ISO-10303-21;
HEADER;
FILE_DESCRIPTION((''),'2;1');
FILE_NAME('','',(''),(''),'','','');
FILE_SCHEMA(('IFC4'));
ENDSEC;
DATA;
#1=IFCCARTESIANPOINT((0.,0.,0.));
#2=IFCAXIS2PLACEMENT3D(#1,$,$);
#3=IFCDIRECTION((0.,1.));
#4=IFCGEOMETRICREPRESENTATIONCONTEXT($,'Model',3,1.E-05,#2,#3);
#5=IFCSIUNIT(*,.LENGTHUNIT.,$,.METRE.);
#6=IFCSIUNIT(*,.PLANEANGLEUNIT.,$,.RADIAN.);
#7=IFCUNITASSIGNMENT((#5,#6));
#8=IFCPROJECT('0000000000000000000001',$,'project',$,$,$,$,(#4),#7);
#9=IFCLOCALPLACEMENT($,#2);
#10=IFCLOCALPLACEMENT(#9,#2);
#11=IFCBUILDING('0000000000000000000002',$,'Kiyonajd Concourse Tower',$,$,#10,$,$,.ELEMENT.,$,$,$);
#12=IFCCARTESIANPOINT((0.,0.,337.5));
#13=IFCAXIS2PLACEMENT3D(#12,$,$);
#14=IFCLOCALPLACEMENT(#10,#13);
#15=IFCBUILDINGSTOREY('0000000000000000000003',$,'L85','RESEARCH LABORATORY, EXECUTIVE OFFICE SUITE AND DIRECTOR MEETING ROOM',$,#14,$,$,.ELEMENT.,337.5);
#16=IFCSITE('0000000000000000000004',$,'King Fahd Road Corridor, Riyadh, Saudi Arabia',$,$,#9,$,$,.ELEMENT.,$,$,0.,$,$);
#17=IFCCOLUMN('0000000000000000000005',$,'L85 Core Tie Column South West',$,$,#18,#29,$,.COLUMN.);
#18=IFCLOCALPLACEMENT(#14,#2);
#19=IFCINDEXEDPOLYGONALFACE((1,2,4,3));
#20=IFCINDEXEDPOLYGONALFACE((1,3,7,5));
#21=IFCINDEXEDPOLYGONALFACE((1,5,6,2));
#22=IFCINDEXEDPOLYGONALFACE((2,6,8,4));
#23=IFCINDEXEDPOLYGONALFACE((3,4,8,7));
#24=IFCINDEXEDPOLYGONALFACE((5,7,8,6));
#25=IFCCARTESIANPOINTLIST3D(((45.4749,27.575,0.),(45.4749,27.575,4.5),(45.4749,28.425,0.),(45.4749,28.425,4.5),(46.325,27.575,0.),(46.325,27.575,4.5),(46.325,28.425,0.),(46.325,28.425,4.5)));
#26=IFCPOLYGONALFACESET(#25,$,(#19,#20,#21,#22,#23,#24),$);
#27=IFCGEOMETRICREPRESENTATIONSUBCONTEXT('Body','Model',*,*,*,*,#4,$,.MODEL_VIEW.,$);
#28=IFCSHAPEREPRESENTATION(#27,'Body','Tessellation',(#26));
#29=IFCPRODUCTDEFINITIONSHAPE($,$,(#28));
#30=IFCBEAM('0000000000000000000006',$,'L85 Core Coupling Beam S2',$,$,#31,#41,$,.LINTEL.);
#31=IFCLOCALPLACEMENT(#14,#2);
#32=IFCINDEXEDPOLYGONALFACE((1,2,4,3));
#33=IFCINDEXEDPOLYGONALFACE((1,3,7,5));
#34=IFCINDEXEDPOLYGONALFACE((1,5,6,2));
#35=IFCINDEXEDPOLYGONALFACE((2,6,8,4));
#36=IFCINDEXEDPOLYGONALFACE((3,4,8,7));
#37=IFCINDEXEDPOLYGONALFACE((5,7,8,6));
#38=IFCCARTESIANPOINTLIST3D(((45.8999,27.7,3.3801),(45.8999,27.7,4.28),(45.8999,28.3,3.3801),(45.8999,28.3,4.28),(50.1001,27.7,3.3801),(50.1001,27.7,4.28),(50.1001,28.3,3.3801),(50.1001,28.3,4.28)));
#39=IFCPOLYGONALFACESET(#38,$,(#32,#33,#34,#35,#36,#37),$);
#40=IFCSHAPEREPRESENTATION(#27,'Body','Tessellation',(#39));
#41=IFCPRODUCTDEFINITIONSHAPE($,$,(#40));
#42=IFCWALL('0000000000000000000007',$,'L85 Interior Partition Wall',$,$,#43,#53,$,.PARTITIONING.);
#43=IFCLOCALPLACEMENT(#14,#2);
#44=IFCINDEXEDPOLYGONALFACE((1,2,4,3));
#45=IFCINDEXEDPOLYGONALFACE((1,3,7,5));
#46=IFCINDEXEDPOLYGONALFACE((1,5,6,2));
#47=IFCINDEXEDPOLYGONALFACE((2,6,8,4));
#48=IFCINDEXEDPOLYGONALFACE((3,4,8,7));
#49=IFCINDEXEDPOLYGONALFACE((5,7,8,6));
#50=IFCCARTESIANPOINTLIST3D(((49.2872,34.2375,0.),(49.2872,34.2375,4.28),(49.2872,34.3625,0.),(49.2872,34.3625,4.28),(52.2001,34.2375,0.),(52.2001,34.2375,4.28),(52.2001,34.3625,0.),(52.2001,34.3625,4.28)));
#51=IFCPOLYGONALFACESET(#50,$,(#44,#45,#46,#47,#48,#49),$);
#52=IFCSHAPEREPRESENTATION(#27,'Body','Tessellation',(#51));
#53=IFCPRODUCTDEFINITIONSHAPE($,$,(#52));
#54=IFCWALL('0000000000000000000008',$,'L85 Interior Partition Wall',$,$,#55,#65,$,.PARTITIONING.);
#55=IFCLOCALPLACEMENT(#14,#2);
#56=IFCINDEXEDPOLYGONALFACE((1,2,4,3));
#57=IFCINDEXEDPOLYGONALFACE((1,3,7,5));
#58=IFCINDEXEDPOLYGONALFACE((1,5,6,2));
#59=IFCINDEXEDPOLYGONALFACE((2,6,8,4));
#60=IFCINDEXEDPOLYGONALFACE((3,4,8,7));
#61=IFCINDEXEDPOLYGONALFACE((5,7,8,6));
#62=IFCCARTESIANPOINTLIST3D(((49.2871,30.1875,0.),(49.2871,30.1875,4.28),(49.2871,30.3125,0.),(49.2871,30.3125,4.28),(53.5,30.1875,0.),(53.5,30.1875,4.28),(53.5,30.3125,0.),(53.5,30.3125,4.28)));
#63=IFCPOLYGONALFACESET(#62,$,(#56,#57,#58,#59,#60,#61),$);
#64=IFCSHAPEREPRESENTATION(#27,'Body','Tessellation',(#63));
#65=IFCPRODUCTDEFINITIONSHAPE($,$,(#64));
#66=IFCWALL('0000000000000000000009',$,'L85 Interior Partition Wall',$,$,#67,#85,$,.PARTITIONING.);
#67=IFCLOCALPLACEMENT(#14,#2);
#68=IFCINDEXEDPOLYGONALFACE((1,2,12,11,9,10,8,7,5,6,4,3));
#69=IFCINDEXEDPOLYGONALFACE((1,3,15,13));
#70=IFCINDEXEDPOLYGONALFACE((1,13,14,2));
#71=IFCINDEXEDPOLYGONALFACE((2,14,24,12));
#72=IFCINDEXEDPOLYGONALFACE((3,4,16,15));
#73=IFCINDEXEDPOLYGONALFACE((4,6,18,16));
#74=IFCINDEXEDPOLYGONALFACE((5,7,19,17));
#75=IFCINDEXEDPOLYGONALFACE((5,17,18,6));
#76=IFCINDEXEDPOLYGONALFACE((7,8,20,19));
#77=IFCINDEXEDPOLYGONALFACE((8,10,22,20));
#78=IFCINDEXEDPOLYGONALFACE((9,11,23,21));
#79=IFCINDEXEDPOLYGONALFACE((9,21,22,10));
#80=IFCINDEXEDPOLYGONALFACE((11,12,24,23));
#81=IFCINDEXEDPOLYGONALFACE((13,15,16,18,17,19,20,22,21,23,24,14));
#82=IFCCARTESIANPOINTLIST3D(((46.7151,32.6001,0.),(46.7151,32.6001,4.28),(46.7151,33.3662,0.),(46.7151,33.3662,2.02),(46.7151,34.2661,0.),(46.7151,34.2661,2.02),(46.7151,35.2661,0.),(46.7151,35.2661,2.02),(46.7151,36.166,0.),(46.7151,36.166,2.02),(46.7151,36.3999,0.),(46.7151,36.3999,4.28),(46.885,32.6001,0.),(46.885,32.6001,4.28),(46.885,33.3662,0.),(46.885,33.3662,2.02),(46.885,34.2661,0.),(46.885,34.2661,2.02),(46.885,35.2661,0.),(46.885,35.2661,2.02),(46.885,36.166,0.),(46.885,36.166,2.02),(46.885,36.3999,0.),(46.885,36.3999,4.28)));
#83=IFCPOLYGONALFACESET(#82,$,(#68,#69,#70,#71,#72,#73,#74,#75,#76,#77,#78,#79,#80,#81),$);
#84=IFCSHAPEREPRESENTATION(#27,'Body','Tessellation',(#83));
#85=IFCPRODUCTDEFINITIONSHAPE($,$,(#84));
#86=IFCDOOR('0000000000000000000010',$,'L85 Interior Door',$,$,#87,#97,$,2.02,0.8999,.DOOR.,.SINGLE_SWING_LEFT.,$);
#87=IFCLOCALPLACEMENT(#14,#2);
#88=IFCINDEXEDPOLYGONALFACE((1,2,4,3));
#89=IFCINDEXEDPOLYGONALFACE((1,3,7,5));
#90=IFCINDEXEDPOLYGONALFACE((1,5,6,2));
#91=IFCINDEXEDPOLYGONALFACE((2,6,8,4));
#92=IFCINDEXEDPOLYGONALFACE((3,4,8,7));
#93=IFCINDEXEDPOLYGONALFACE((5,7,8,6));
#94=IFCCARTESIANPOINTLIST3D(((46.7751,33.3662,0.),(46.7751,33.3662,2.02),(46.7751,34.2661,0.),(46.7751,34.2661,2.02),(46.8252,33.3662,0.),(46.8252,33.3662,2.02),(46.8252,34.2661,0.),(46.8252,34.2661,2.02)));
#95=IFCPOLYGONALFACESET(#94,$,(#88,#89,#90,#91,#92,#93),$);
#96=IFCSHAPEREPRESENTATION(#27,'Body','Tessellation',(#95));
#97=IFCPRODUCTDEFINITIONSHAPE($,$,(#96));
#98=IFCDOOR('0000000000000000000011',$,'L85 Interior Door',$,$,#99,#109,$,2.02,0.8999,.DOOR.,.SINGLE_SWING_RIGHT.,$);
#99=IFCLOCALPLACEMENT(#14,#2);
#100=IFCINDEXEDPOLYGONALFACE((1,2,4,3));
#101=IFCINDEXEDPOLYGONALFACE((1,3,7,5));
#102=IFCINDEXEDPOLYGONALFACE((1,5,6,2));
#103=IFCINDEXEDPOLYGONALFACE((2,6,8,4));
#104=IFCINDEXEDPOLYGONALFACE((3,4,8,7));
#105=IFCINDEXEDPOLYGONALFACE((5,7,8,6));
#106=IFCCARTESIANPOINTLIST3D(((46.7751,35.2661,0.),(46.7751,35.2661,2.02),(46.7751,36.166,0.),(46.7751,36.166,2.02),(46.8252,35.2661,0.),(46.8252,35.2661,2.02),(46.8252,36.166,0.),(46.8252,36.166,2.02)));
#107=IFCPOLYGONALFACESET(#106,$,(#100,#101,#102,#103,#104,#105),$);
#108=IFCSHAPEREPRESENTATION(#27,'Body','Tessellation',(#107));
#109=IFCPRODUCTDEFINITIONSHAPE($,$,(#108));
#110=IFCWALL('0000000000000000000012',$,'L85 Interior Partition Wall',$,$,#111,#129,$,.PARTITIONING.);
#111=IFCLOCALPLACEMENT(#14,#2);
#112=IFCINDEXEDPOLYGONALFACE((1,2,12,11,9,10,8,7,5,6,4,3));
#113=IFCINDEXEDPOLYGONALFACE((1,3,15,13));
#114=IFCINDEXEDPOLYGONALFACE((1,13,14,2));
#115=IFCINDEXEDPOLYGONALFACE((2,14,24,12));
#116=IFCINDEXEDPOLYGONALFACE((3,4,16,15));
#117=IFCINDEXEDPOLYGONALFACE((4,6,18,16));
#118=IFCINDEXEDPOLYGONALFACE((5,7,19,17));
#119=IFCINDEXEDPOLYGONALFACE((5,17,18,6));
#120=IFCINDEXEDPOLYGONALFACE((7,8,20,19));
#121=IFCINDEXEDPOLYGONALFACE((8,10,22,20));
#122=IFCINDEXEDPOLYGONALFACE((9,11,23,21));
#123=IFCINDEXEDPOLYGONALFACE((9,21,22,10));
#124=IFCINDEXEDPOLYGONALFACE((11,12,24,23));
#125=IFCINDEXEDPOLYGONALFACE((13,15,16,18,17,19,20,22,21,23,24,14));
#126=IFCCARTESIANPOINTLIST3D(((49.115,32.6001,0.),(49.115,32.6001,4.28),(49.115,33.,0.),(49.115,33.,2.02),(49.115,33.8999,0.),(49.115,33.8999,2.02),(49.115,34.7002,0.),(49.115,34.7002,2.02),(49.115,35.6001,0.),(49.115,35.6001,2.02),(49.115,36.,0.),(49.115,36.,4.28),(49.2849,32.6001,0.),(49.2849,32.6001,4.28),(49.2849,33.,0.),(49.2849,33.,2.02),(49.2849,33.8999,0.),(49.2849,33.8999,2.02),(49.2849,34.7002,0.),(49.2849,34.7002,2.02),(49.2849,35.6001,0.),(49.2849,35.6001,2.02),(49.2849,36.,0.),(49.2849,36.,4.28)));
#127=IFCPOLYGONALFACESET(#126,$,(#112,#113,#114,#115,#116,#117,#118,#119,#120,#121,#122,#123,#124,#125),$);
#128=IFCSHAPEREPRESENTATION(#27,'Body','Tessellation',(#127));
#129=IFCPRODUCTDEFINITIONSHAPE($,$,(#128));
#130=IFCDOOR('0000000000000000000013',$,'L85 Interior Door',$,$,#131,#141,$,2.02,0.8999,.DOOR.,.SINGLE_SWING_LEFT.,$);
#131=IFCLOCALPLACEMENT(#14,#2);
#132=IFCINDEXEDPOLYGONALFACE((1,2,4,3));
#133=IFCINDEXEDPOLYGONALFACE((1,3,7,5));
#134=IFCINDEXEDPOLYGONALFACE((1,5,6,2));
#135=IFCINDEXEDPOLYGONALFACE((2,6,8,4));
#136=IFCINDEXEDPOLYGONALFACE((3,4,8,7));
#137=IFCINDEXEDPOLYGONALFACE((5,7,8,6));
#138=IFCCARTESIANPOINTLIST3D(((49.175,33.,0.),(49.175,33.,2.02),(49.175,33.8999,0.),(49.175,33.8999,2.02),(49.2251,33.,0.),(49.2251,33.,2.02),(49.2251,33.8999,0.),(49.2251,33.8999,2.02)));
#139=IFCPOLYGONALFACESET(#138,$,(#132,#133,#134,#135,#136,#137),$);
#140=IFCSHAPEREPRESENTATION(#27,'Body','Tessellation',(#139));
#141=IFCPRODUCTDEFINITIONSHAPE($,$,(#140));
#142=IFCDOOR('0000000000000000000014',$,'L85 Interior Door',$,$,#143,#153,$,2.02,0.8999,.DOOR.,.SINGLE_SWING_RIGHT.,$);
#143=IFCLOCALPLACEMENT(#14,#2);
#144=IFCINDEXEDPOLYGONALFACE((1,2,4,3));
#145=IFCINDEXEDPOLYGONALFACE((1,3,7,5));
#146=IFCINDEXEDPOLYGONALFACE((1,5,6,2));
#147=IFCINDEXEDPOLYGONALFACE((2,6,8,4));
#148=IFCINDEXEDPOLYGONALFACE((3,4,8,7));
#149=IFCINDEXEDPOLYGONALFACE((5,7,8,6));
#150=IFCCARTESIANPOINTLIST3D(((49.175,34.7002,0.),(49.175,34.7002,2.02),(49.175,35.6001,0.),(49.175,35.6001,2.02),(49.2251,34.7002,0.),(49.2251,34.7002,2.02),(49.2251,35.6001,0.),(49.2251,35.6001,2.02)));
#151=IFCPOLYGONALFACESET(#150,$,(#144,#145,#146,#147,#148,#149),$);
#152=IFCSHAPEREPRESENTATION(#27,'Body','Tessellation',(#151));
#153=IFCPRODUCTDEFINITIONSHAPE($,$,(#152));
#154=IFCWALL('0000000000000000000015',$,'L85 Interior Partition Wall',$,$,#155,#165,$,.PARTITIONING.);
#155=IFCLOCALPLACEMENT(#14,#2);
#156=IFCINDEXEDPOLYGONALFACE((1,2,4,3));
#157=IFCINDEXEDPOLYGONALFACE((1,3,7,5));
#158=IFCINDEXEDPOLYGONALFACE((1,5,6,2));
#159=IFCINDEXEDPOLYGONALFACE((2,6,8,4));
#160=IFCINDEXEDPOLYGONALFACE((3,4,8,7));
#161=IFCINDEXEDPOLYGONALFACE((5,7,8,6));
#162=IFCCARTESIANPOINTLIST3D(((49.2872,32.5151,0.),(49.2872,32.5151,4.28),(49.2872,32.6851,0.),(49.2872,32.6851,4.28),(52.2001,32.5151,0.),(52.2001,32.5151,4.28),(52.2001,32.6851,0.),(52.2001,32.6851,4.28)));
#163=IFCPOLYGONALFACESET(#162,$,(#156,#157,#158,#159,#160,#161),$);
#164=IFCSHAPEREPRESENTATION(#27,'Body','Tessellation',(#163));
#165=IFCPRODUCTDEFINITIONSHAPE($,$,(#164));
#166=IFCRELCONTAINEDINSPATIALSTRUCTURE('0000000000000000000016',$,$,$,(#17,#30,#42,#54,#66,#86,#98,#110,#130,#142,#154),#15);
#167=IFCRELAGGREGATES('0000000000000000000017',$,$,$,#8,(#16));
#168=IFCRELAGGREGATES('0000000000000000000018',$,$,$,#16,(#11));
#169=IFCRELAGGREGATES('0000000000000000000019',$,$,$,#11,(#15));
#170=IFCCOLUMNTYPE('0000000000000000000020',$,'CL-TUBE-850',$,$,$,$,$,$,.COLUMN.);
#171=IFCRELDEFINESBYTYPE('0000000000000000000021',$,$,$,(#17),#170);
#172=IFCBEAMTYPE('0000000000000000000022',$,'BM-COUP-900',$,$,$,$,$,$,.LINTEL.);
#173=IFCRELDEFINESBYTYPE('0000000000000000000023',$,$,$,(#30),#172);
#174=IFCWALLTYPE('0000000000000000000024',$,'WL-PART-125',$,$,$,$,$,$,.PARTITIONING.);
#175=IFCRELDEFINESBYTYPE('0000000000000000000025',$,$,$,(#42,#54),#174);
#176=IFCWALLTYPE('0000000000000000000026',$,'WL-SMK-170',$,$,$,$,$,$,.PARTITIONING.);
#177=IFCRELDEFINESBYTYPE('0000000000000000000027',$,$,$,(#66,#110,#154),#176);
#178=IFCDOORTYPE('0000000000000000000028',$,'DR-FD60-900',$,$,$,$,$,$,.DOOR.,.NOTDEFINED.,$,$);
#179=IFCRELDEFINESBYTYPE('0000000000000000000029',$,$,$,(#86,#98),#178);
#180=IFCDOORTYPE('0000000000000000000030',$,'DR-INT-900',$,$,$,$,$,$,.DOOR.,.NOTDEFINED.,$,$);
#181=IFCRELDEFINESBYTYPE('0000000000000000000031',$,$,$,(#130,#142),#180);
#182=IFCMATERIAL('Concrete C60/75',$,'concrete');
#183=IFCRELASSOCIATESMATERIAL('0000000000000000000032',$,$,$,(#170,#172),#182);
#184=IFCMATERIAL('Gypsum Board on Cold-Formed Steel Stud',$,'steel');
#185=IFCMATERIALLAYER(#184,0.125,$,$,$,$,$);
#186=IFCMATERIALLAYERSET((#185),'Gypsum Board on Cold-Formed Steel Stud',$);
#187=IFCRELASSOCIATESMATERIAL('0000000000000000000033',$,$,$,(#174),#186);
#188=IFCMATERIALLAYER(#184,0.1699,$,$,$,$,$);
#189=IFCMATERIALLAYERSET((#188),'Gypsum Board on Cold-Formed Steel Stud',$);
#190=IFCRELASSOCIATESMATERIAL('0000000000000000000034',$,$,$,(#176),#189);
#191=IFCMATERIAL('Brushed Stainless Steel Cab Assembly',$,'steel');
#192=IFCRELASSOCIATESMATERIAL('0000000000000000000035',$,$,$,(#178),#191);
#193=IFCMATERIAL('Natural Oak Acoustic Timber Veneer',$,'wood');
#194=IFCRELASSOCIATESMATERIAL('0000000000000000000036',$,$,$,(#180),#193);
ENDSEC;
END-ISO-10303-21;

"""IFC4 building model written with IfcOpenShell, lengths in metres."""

from ifc_helpers import new_model, si_unit, direction, frame, frame_2d, origin, origin_2d, place, context, subcontext, project, spatial, rectangle, extrude, material, layer, layer_set, material_profile, profile_set, type_object, element, fill, save


model = new_model("IFC4")

# Units and contexts
model_context = context("Model", 3, precision=1e-05, world=origin(), true_north=direction((0.0, 1.0)))
body_context = subcontext(model_context, "Body", "Model", "MODEL_VIEW")
ifc_project = project(units=[si_unit("LENGTHUNIT", "METRE"), si_unit("PLANEANGLEUNIT", "RADIAN")], contexts=[model_context])

# Site, building, storey
site_placement = place(None, origin())
site = spatial("IfcSite", under=ifc_project, at=site_placement, Name="King Fahd Road Corridor, Riyadh, Saudi Arabia", CompositionType="ELEMENT", RefElevation=0.0)
building_placement = place(site_placement, origin())
building = spatial("IfcBuilding", under=site, at=building_placement, Name="Kiyonajd Concourse Tower", CompositionType="ELEMENT")
storey_placement = place(building_placement, frame((0.0, 0.0, 337.5)))
storey = spatial("IfcBuildingStorey", under=building, at=storey_placement, Name="L85", Description="RESEARCH LABORATORY, EXECUTIVE OFFICE SUITE AND DIRECTOR MEETING ROOM", CompositionType="ELEMENT", Elevation=337.5)

# Column
ifc_material_1 = material(Name="Concrete C60/75", Category="concrete")
ifc_material_profile_1 = material_profile(ifc_material_1, rectangle(XDim=0.8501, YDim=0.8501, at=origin_2d()), Name="RC-850x850")
ifc_profile_set_1 = profile_set([ifc_material_profile_1], Name="Concrete C60/75")
column_type = type_object("IfcColumnType", Name="CL-TUBE-850", PredefinedType="COLUMN", material=ifc_profile_set_1)
column_placement = place(storey_placement, frame((45.8999, 28.0, 0.0), z_axis=(0.0, 0.0, 1.0), x_axis=(1.0, 0.0, 0.0)))
element("IfcColumn", 1, at=column_placement, inside=storey, type_object=column_type, Name="L85 Core Tie Column South West", PredefinedType="COLUMN", context=body_context, shape_type="SweptSolid", body=[
    extrude(rectangle(XDim=0.8501, YDim=0.8501, at=origin_2d()), origin(), (0.0, 0.0, 1.0), 4.5),
])

# Beam
ifc_material_profile_2 = material_profile(ifc_material_1, rectangle(XDim=0.6001, YDim=0.8999, at=origin_2d()), Name="RCBM-600x900")
ifc_profile_set_2 = profile_set([ifc_material_profile_2], Name="Concrete C60/75")
beam_type = type_object("IfcBeamType", Name="BM-COUP-900", PredefinedType="LINTEL", material=ifc_profile_set_2)
beam_placement = place(storey_placement, frame((45.8999, 28.0, 3.8301), z_axis=(1.0, 0.0, 0.0), x_axis=(0.0, 1.0, 0.0)))
element("IfcBeam", 2, at=beam_placement, inside=storey, type_object=beam_type, Name="L85 Core Coupling Beam S2", PredefinedType="LINTEL", context=body_context, shape_type="SweptSolid", body=[
    extrude(rectangle(XDim=0.6001, YDim=0.8999, at=origin_2d()), origin(), (0.0, 0.0, 1.0), 4.2002),
])

# Walls
ifc_material_2 = material(Name="Gypsum Board on Cold-Formed Steel Stud", Category="steel")
ifc_layer_1 = layer(ifc_material_2, 0.125)
ifc_layer_set_1 = layer_set([ifc_layer_1], Name="Gypsum Board on Cold-Formed Steel Stud")
wall_type_1 = type_object("IfcWallType", Name="WL-PART-125", PredefinedType="PARTITIONING", material=ifc_layer_set_1)
wall_1_placement = place(storey_placement, frame((49.2871, 34.3, 0.0), z_axis=(0.0, 0.0, 1.0), x_axis=(1.0, 0.0, 0.0)))
element("IfcWall", 3, at=wall_1_placement, inside=storey, type_object=wall_type_1, Name="L85 Interior Partition Wall", PredefinedType="PARTITIONING", context=body_context, shape_type="SweptSolid", body=[
    extrude(rectangle(XDim=2.9128, YDim=0.125, at=frame_2d((1.4565, 0.0))), origin(), (0.0, 0.0, 1.0), 4.28),
])
wall_2_placement = place(storey_placement, frame((49.2871, 30.25, 0.0), z_axis=(0.0, 0.0, 1.0), x_axis=(1.0, 0.0, 0.0)))
element("IfcWall", 4, at=wall_2_placement, inside=storey, type_object=wall_type_1, Name="L85 Interior Partition Wall", PredefinedType="PARTITIONING", context=body_context, shape_type="SweptSolid", body=[
    extrude(rectangle(XDim=4.2129, YDim=0.125, at=frame_2d((2.1064, 0.0))), origin(), (0.0, 0.0, 1.0), 4.28),
])

# Walls, openings, doors
ifc_layer_2 = layer(ifc_material_2, 0.1699)
ifc_layer_set_2 = layer_set([ifc_layer_2], Name="Gypsum Board on Cold-Formed Steel Stud")
wall_type_2 = type_object("IfcWallType", Name="WL-SMK-170", PredefinedType="PARTITIONING", material=ifc_layer_set_2)
wall_3_placement = place(storey_placement, frame((46.8, 32.6001, 0.0), z_axis=(0.0, 0.0, 1.0), x_axis=(0.0, 1.0, 0.0)))
wall_3 = element("IfcWall", 5, at=wall_3_placement, inside=storey, type_object=wall_type_2, Name="L85 Interior Partition Wall", PredefinedType="PARTITIONING", context=body_context, shape_type="SweptSolid", body=[
    extrude(rectangle(XDim=3.7998, YDim=0.1699, at=frame_2d((1.8999, 0.0))), origin(), (0.0, 0.0, 1.0), 4.28),
])
opening_1_placement = place(wall_3_placement, frame((0.7661, 0.0, 0.0)))
opening_1 = element("IfcOpeningElement", 6, at=opening_1_placement, cuts=wall_3, PredefinedType="OPENING", context=body_context, shape_type="SweptSolid", body=[
    extrude(rectangle(XDim=0.8999, YDim=2.02, at=frame_2d((0.45, 1.01))), frame((0.0, 0.095, 0.0), z_axis=(0.0, -1.0, 0.0), x_axis=(1.0, 0.0, 0.0)), (0.0, 0.0, 1.0), 0.1899),
])
opening_2_placement = place(wall_3_placement, frame((2.666, 0.0, 0.0)))
opening_2 = element("IfcOpeningElement", 7, at=opening_2_placement, cuts=wall_3, PredefinedType="OPENING", context=body_context, shape_type="SweptSolid", body=[
    extrude(rectangle(XDim=0.8999, YDim=2.02, at=frame_2d((0.45, 1.01))), frame((0.0, 0.095, 0.0), z_axis=(0.0, -1.0, 0.0), x_axis=(1.0, 0.0, 0.0)), (0.0, 0.0, 1.0), 0.1899),
])
ifc_material_3 = material(Name="Brushed Stainless Steel Cab Assembly", Category="steel")
door_type_1 = type_object("IfcDoorType", Name="DR-FD60-900", OperationType="NOTDEFINED", PredefinedType="DOOR", material=ifc_material_3)
door_1_placement = place(opening_1_placement, origin())
door_1 = element("IfcDoor", 8, at=door_1_placement, inside=storey, type_object=door_type_1, Name="L85 Interior Door", OperationType="SINGLE_SWING_LEFT", OverallHeight=2.02, OverallWidth=0.8999, PredefinedType="DOOR", context=body_context, shape_type="SweptSolid", body=[
    extrude(rectangle(XDim=0.8999, YDim=2.02, at=frame_2d((0.45, 1.01))), frame((0.0, 0.0249, 0.0), z_axis=(0.0, -1.0, 0.0), x_axis=(1.0, 0.0, 0.0)), (0.0, 0.0, 1.0), 0.05),
])
fill(opening_1, door_1)
door_2_placement = place(opening_2_placement, origin())
door_2 = element("IfcDoor", 9, at=door_2_placement, inside=storey, type_object=door_type_1, Name="L85 Interior Door", OperationType="SINGLE_SWING_RIGHT", OverallHeight=2.02, OverallWidth=0.8999, PredefinedType="DOOR", context=body_context, shape_type="SweptSolid", body=[
    extrude(rectangle(XDim=0.8999, YDim=2.02, at=frame_2d((0.45, 1.01))), frame((0.0, 0.0249, 0.0), z_axis=(0.0, -1.0, 0.0), x_axis=(1.0, 0.0, 0.0)), (0.0, 0.0, 1.0), 0.05),
])
fill(opening_2, door_2)
wall_4_placement = place(storey_placement, frame((49.2, 32.6001, 0.0), z_axis=(0.0, 0.0, 1.0), x_axis=(0.0, 1.0, 0.0)))
wall_4 = element("IfcWall", 10, at=wall_4_placement, inside=storey, type_object=wall_type_2, Name="L85 Interior Partition Wall", PredefinedType="PARTITIONING", context=body_context, shape_type="SweptSolid", body=[
    extrude(rectangle(XDim=3.3999, YDim=0.1699, at=frame_2d((1.7, 0.0))), origin(), (0.0, 0.0, 1.0), 4.28),
])
opening_3_placement = place(wall_4_placement, frame((0.3999, 0.0, 0.0)))
opening_3 = element("IfcOpeningElement", 11, at=opening_3_placement, cuts=wall_4, PredefinedType="OPENING", context=body_context, shape_type="SweptSolid", body=[
    extrude(rectangle(XDim=0.8999, YDim=2.02, at=frame_2d((0.45, 1.01))), frame((0.0, 0.095, 0.0), z_axis=(0.0, -1.0, 0.0), x_axis=(1.0, 0.0, 0.0)), (0.0, 0.0, 1.0), 0.1899),
])
opening_4_placement = place(wall_4_placement, frame((2.1001, 0.0, 0.0)))
opening_4 = element("IfcOpeningElement", 12, at=opening_4_placement, cuts=wall_4, PredefinedType="OPENING", context=body_context, shape_type="SweptSolid", body=[
    extrude(rectangle(XDim=0.8999, YDim=2.02, at=frame_2d((0.45, 1.01))), frame((0.0, 0.095, 0.0), z_axis=(0.0, -1.0, 0.0), x_axis=(1.0, 0.0, 0.0)), (0.0, 0.0, 1.0), 0.1899),
])
ifc_material_4 = material(Name="Natural Oak Acoustic Timber Veneer", Category="wood")
door_type_2 = type_object("IfcDoorType", Name="DR-INT-900", OperationType="NOTDEFINED", PredefinedType="DOOR", material=ifc_material_4)
door_3_placement = place(opening_3_placement, origin())
door_3 = element("IfcDoor", 13, at=door_3_placement, inside=storey, type_object=door_type_2, Name="L85 Interior Door", OperationType="SINGLE_SWING_LEFT", OverallHeight=2.02, OverallWidth=0.8999, PredefinedType="DOOR", context=body_context, shape_type="SweptSolid", body=[
    extrude(rectangle(XDim=0.8999, YDim=2.02, at=frame_2d((0.45, 1.01))), frame((0.0, 0.0249, 0.0), z_axis=(0.0, -1.0, 0.0), x_axis=(1.0, 0.0, 0.0)), (0.0, 0.0, 1.0), 0.05),
])
fill(opening_3, door_3)
door_4_placement = place(opening_4_placement, origin())
door_4 = element("IfcDoor", 14, at=door_4_placement, inside=storey, type_object=door_type_2, Name="L85 Interior Door", OperationType="SINGLE_SWING_RIGHT", OverallHeight=2.02, OverallWidth=0.8999, PredefinedType="DOOR", context=body_context, shape_type="SweptSolid", body=[
    extrude(rectangle(XDim=0.8999, YDim=2.02, at=frame_2d((0.45, 1.01))), frame((0.0, 0.0249, 0.0), z_axis=(0.0, -1.0, 0.0), x_axis=(1.0, 0.0, 0.0)), (0.0, 0.0, 1.0), 0.05),
])
fill(opening_4, door_4)

# Wall
wall_5_placement = place(storey_placement, frame((49.2871, 32.6001, 0.0), z_axis=(0.0, 0.0, 1.0), x_axis=(1.0, 0.0, 0.0)))
element("IfcWall", 15, at=wall_5_placement, inside=storey, type_object=wall_type_2, Name="L85 Interior Partition Wall", PredefinedType="PARTITIONING", context=body_context, shape_type="SweptSolid", body=[
    extrude(rectangle(XDim=2.9128, YDim=0.1699, at=frame_2d((1.4565, 0.0))), origin(), (0.0, 0.0, 1.0), 4.28),
])

save(model, "model.ifc")
